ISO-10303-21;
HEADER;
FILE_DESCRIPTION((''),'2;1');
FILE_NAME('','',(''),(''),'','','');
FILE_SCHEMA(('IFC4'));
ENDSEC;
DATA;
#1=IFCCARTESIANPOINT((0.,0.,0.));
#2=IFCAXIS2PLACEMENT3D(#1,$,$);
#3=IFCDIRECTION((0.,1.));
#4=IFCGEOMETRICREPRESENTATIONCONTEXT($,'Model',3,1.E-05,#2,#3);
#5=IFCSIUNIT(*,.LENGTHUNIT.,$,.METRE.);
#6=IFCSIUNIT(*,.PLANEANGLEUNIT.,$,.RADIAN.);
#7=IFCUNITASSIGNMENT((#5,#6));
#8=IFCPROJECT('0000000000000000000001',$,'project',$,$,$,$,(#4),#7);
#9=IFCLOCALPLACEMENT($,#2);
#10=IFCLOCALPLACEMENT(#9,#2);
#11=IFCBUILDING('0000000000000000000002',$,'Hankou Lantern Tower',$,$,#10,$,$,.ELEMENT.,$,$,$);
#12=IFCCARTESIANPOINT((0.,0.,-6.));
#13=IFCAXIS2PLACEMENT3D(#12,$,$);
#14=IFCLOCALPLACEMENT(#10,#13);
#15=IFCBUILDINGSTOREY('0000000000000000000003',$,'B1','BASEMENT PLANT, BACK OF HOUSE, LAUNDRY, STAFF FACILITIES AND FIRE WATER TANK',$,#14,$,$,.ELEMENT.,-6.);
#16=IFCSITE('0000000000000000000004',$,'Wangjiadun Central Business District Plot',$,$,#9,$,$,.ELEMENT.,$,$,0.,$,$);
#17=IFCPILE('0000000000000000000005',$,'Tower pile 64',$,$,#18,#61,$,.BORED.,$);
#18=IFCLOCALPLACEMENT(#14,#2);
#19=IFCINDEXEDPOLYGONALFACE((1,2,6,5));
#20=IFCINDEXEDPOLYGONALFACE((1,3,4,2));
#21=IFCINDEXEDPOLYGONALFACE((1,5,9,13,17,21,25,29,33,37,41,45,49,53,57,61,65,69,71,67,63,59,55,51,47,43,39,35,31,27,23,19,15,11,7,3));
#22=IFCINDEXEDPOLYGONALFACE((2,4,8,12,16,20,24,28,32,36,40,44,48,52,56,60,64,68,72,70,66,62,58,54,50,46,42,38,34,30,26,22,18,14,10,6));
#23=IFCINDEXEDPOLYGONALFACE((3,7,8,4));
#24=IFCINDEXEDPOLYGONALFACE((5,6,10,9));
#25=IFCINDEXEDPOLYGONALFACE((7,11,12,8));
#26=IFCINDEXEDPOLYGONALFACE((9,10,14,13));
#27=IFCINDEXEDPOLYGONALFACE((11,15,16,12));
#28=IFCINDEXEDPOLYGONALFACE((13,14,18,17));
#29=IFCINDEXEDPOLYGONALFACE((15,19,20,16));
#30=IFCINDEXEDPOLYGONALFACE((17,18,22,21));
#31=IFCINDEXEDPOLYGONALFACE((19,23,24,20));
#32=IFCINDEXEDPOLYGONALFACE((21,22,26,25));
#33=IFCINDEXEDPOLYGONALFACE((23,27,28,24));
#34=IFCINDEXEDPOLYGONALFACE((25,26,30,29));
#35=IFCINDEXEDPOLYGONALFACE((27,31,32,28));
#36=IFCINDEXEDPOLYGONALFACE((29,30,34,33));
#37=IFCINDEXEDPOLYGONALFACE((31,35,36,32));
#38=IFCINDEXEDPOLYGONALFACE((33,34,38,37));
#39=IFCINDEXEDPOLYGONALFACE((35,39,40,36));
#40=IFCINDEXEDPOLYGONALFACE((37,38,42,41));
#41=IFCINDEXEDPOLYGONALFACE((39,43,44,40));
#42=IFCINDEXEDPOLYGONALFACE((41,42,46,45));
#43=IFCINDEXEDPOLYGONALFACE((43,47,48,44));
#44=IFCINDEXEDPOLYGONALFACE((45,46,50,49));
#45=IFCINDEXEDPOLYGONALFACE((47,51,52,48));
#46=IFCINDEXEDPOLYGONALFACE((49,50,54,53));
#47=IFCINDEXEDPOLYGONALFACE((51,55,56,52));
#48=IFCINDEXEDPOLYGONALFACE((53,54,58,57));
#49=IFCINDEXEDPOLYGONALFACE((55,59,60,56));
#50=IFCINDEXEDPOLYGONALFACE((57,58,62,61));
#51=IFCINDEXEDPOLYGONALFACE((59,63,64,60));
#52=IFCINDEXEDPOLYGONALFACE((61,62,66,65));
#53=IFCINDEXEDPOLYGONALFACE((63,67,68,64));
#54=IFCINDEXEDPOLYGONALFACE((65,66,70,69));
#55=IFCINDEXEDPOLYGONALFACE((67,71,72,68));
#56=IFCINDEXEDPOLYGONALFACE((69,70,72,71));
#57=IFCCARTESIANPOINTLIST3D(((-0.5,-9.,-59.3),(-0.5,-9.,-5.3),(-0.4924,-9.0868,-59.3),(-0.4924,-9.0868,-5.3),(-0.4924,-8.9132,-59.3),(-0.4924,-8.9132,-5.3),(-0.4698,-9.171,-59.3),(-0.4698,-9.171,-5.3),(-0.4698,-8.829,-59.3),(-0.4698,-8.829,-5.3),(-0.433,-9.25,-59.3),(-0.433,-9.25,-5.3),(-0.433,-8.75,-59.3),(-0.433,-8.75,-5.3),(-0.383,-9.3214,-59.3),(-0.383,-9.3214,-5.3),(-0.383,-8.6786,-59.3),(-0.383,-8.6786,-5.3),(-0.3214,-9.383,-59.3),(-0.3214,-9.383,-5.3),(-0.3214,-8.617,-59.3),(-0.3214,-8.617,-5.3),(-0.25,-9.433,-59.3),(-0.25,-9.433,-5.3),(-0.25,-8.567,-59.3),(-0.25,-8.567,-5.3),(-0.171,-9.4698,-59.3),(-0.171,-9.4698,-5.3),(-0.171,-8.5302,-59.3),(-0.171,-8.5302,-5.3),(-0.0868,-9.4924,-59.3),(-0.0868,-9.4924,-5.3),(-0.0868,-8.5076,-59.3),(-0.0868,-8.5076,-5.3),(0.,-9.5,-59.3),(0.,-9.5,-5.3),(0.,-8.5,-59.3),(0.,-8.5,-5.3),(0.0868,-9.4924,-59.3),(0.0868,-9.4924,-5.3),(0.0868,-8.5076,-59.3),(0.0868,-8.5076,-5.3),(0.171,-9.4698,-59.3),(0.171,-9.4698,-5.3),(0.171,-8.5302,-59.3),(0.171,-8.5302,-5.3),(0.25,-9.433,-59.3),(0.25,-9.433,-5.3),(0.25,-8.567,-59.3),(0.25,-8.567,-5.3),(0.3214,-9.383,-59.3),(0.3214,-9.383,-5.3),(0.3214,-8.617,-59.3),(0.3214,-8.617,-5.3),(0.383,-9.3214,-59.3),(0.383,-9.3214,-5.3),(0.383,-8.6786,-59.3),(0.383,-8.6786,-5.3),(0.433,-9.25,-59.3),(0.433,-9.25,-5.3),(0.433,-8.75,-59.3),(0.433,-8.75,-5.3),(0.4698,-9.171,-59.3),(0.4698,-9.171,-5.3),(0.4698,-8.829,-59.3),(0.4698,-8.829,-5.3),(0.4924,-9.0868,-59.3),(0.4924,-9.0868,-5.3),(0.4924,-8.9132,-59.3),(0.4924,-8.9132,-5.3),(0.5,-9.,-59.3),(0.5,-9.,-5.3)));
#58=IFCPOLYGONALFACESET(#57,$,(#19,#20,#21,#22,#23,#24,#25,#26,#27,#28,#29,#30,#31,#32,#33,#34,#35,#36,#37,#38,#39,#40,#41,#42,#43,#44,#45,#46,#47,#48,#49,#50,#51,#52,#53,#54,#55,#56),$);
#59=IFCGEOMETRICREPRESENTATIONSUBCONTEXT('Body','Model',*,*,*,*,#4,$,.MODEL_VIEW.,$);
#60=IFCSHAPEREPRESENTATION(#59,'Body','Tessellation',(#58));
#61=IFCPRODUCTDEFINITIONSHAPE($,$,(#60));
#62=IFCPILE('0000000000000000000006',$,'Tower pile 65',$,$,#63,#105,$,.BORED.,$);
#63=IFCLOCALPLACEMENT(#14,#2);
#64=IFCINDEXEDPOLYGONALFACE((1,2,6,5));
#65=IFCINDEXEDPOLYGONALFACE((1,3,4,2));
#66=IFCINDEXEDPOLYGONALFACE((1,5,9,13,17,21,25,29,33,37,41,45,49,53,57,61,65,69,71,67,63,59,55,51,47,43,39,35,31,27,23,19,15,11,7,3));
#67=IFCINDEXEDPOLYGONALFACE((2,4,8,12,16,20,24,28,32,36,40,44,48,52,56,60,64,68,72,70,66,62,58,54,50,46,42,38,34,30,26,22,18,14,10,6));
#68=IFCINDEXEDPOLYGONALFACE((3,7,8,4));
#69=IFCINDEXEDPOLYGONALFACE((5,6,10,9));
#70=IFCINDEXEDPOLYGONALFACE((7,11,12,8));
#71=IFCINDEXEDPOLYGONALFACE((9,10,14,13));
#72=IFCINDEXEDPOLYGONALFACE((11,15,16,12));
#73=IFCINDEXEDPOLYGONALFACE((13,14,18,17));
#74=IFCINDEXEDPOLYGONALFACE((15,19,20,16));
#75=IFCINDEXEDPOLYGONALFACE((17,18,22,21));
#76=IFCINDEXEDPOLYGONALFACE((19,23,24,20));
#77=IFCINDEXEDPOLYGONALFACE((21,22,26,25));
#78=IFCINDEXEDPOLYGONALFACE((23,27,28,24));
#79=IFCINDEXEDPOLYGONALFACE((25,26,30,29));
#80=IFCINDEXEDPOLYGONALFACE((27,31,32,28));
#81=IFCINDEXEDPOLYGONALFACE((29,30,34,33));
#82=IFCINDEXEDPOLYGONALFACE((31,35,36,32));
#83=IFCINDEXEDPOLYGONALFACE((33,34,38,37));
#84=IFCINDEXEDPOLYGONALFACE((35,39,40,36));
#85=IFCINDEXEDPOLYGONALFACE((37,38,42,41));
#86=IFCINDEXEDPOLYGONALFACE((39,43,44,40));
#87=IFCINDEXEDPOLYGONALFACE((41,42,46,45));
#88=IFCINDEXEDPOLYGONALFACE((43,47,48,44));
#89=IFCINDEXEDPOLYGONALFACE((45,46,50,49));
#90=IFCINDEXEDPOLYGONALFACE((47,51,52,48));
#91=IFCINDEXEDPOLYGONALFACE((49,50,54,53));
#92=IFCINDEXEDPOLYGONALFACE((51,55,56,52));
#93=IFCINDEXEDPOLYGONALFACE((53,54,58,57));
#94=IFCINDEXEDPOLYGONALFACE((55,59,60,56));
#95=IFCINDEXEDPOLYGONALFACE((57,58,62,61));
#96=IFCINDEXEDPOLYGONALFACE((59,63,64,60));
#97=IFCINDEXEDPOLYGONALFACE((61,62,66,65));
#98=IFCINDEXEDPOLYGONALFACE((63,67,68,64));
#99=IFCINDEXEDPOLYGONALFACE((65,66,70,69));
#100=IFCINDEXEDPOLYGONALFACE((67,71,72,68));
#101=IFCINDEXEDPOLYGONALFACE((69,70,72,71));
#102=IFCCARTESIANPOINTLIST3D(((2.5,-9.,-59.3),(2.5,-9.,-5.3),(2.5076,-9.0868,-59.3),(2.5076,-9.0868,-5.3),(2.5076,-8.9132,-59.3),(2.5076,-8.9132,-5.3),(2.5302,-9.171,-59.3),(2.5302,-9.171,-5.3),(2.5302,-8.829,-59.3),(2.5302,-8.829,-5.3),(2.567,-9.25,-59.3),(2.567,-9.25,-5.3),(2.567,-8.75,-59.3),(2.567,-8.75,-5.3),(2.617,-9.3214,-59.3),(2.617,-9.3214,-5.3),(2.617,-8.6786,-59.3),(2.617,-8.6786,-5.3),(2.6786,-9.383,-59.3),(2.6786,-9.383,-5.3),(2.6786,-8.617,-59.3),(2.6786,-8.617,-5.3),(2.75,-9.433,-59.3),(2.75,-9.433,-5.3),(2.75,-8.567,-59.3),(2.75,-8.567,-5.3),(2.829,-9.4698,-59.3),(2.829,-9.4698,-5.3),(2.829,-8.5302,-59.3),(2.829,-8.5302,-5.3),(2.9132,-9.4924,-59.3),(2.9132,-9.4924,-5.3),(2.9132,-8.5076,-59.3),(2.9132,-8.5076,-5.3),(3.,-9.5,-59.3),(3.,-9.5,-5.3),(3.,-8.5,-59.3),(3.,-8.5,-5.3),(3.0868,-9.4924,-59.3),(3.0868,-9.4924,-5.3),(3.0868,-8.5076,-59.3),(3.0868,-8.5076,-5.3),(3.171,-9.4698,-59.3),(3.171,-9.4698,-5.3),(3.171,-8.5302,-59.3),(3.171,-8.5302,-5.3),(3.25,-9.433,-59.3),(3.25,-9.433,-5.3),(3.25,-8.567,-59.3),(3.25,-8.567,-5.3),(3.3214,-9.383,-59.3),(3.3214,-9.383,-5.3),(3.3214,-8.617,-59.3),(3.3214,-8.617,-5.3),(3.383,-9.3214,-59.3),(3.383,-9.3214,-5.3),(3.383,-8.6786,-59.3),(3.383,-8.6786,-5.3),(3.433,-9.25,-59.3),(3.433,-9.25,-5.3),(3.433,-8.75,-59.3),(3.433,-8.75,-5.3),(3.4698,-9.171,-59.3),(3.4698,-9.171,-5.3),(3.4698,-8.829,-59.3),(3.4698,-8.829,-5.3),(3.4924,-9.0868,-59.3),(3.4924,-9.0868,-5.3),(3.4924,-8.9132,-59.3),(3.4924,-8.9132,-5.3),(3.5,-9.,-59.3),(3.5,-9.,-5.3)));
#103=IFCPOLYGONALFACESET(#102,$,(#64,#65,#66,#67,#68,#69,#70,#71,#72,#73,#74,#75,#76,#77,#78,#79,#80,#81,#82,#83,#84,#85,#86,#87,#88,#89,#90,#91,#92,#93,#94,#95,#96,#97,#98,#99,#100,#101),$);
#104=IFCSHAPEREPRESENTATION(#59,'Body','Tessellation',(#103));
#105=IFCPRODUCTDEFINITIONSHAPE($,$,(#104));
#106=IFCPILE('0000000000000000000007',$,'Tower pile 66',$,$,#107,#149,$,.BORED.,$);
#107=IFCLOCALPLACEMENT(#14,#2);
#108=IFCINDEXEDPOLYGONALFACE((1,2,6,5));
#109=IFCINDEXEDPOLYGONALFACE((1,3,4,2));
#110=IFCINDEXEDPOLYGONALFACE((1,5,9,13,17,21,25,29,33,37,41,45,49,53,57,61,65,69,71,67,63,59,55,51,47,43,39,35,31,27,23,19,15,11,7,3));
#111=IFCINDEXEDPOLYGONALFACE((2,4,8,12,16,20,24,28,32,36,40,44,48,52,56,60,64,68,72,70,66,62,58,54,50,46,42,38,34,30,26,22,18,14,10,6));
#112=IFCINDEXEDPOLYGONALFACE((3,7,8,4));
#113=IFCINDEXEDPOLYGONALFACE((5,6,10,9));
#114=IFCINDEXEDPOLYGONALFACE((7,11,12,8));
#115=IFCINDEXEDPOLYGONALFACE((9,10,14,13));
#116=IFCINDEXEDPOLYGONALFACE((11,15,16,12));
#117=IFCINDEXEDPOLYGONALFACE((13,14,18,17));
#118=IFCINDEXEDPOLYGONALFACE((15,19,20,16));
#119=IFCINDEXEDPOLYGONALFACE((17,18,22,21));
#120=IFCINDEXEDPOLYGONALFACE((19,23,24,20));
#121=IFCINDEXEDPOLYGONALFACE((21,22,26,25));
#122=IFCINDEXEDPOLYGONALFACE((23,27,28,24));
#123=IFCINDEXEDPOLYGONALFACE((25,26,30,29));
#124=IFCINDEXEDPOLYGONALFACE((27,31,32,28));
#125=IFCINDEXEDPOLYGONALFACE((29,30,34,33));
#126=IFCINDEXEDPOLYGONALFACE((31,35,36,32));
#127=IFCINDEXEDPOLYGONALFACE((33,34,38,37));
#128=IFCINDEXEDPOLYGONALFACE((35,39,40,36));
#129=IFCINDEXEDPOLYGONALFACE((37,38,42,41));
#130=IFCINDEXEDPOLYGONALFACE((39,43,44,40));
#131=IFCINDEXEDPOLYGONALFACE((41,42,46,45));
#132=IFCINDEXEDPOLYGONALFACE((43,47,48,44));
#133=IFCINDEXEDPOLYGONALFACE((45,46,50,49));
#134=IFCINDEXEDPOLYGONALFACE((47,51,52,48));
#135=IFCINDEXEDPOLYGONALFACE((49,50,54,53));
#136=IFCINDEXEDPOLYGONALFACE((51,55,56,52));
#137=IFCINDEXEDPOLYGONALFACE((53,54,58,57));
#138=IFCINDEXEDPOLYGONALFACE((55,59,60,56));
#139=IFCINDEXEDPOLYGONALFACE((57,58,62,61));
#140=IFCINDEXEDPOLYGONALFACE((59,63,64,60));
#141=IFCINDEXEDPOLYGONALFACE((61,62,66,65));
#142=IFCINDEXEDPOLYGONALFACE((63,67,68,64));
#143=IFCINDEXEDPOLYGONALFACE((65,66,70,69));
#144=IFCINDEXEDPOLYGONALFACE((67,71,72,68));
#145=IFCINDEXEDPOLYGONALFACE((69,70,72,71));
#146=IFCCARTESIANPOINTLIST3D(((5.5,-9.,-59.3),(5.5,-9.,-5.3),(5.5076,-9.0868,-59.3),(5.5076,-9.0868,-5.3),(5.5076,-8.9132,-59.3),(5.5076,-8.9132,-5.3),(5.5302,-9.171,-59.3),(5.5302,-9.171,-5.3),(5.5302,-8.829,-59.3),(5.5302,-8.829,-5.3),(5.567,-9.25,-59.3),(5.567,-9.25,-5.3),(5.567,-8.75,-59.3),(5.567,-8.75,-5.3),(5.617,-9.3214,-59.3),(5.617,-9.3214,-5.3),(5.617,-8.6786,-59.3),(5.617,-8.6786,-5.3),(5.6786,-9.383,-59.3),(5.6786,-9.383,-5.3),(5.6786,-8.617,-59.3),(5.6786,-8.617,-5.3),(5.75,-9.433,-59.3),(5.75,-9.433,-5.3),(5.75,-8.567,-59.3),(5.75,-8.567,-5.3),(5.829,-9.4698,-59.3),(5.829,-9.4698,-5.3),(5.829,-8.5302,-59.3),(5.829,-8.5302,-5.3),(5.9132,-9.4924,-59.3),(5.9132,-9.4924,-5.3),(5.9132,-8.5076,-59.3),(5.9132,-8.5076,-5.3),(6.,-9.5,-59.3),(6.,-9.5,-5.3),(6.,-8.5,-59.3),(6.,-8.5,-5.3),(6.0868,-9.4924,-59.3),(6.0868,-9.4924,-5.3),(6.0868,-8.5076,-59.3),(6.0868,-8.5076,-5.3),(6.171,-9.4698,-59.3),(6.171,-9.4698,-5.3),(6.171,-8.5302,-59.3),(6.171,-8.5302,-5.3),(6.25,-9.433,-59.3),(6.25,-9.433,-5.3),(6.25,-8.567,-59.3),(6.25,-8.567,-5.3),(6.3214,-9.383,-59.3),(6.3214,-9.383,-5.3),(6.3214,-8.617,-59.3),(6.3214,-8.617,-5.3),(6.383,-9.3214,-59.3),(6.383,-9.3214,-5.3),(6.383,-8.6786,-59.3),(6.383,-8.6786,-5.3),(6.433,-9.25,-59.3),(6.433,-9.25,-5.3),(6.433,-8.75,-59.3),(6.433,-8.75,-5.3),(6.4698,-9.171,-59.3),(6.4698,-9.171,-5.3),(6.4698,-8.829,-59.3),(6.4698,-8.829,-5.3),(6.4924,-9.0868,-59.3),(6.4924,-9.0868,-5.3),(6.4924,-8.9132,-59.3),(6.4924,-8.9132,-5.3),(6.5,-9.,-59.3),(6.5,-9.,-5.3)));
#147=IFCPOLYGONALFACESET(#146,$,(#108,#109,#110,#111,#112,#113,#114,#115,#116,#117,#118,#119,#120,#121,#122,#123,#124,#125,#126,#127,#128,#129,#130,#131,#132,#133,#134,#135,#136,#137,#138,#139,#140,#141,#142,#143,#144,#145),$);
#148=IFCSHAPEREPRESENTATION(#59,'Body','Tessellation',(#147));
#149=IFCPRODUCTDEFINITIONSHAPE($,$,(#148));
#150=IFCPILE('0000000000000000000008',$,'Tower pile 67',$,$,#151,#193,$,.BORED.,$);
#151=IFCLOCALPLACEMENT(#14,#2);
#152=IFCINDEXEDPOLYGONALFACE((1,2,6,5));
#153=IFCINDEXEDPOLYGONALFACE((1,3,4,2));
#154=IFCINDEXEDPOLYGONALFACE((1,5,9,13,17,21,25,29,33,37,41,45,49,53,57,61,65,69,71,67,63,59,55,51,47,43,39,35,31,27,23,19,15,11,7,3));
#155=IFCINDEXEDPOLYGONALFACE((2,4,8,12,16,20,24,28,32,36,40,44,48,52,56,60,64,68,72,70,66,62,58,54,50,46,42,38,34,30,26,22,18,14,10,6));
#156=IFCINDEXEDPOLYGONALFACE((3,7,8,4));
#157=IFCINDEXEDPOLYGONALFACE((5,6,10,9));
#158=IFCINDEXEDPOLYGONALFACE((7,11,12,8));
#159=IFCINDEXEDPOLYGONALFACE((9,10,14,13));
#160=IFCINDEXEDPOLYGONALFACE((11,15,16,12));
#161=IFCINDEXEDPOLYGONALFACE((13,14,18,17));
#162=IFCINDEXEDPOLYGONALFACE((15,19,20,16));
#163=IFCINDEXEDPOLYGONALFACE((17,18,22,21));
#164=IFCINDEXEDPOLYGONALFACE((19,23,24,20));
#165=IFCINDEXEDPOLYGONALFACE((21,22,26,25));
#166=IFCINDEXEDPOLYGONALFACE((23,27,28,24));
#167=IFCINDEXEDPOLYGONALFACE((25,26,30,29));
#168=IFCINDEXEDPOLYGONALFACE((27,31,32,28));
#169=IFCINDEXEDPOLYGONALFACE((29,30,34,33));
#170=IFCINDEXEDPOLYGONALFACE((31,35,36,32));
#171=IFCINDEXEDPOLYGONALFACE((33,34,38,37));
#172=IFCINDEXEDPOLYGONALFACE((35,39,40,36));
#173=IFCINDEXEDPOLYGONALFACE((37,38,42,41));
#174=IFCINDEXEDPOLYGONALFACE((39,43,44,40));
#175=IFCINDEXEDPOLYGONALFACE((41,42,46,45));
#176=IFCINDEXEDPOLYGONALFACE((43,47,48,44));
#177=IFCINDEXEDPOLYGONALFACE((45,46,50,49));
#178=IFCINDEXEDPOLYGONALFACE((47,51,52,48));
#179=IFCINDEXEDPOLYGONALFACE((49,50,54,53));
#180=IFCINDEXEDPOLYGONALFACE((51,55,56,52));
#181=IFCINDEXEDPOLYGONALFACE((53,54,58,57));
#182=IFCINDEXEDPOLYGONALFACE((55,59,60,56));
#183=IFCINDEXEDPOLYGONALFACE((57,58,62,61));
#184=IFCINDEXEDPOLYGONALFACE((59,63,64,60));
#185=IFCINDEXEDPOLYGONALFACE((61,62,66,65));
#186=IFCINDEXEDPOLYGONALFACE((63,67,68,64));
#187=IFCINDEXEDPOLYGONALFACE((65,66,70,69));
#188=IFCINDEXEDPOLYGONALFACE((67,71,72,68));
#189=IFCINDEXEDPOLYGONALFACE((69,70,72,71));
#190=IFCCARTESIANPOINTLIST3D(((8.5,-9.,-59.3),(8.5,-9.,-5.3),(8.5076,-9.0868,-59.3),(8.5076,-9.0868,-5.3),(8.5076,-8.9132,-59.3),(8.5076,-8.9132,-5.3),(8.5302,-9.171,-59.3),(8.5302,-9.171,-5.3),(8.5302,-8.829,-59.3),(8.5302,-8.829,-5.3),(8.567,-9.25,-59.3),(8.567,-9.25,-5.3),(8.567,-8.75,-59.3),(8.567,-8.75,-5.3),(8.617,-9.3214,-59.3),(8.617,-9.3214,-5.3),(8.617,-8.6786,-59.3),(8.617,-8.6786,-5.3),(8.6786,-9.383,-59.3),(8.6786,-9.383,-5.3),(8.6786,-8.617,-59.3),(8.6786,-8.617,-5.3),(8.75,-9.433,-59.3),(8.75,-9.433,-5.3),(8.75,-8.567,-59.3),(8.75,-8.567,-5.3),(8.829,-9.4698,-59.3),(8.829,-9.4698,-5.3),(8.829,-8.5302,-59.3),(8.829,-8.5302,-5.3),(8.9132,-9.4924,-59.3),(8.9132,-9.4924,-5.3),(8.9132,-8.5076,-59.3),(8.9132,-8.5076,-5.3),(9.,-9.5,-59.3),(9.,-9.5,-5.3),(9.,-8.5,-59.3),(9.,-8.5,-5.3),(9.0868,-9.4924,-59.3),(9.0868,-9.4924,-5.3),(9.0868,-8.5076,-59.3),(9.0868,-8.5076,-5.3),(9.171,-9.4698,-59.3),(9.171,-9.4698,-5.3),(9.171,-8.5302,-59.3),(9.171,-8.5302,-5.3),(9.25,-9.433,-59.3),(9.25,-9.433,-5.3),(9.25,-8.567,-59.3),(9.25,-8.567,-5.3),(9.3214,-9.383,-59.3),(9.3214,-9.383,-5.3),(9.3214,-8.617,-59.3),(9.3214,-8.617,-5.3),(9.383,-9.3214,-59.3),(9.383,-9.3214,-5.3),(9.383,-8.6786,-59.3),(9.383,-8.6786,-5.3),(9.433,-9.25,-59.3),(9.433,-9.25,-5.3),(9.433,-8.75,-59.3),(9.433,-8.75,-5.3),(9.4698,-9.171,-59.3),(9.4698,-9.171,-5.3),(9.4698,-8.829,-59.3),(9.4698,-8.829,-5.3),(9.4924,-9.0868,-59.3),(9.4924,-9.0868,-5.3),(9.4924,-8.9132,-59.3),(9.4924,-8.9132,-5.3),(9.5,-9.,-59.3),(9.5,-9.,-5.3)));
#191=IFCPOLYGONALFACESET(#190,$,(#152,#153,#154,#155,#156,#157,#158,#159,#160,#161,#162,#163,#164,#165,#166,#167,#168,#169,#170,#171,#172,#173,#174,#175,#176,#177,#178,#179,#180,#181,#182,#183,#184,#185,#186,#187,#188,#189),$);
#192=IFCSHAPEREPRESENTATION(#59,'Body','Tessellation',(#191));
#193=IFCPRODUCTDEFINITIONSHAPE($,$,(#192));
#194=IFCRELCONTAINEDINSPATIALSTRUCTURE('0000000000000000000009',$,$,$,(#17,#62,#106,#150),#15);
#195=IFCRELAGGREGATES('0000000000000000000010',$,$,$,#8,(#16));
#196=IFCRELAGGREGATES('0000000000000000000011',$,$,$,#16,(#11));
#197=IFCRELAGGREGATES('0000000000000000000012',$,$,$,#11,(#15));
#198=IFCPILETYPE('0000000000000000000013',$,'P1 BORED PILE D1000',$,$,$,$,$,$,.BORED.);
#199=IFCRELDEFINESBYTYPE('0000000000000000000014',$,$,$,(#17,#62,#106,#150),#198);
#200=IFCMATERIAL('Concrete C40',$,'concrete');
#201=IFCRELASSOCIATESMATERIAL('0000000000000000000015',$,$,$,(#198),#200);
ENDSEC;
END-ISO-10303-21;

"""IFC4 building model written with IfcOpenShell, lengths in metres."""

from ifc_helpers import new_model, si_unit, direction, frame, origin, origin_2d, place, context, subcontext, project, spatial, circle, extrude, material, material_profile, profile_set, type_object, element, save


model = new_model("IFC4")

# Units and contexts
model_context = context("Model", 3, precision=1e-05, world=origin(), true_north=direction((0.0, 1.0)))
body_context = subcontext(model_context, "Body", "Model", "MODEL_VIEW")
ifc_project = project(units=[si_unit("LENGTHUNIT", "METRE"), si_unit("PLANEANGLEUNIT", "RADIAN")], contexts=[model_context])

# Site, building, storey
site_placement = place(None, origin())
site = spatial("IfcSite", under=ifc_project, at=site_placement, Name="Wangjiadun Central Business District Plot", CompositionType="ELEMENT", RefElevation=0.0)
building_placement = place(site_placement, origin())
building = spatial("IfcBuilding", under=site, at=building_placement, Name="Hankou Lantern Tower", CompositionType="ELEMENT")
storey_placement = place(building_placement, frame((0.0, 0.0, -6.0)))
storey = spatial("IfcBuildingStorey", under=building, at=storey_placement, Name="B1", Description="BASEMENT PLANT, BACK OF HOUSE, LAUNDRY, STAFF FACILITIES AND FIRE WATER TANK", CompositionType="ELEMENT", Elevation=-6.0)

# Piles
ifc_material_1 = material(Name="Concrete C40", Category="concrete")
ifc_material_profile_1 = material_profile(ifc_material_1, circle(Radius=0.5, at=origin_2d()), Name="RC D1000")
ifc_profile_set_1 = profile_set([ifc_material_profile_1], Name="Concrete C40")
pile_type = type_object("IfcPileType", Name="P1 BORED PILE D1000", PredefinedType="BORED", material=ifc_profile_set_1)
for number, where, z_axis, x_axis, name in (
    (1, (0.0, -9.0, -5.3), (0.0, 0.0, -1.0), (1.0, 0.0, 0.0), "Tower pile 64"),
    (2, (3.0, -9.0, -5.3), (0.0, 0.0, -1.0), (1.0, 0.0, 0.0), "Tower pile 65"),
    (3, (6.0, -9.0, -5.3), (0.0, 0.0, -1.0), (1.0, 0.0, 0.0), "Tower pile 66"),
    (4, (9.0, -9.0, -5.3), (0.0, 0.0, -1.0), (1.0, 0.0, 0.0), "Tower pile 67"),
):
    element("IfcPile", number, at=place(storey_placement, frame(where, z_axis=z_axis, x_axis=x_axis)), inside=storey, type_object=pile_type, Name=name, PredefinedType="BORED", context=body_context, shape_type="SweptSolid", body=[
        extrude(circle(Radius=0.5, at=origin_2d()), origin(), (0.0, 0.0, 1.0), 54.0),
    ])

save(model, "model.ifc")
